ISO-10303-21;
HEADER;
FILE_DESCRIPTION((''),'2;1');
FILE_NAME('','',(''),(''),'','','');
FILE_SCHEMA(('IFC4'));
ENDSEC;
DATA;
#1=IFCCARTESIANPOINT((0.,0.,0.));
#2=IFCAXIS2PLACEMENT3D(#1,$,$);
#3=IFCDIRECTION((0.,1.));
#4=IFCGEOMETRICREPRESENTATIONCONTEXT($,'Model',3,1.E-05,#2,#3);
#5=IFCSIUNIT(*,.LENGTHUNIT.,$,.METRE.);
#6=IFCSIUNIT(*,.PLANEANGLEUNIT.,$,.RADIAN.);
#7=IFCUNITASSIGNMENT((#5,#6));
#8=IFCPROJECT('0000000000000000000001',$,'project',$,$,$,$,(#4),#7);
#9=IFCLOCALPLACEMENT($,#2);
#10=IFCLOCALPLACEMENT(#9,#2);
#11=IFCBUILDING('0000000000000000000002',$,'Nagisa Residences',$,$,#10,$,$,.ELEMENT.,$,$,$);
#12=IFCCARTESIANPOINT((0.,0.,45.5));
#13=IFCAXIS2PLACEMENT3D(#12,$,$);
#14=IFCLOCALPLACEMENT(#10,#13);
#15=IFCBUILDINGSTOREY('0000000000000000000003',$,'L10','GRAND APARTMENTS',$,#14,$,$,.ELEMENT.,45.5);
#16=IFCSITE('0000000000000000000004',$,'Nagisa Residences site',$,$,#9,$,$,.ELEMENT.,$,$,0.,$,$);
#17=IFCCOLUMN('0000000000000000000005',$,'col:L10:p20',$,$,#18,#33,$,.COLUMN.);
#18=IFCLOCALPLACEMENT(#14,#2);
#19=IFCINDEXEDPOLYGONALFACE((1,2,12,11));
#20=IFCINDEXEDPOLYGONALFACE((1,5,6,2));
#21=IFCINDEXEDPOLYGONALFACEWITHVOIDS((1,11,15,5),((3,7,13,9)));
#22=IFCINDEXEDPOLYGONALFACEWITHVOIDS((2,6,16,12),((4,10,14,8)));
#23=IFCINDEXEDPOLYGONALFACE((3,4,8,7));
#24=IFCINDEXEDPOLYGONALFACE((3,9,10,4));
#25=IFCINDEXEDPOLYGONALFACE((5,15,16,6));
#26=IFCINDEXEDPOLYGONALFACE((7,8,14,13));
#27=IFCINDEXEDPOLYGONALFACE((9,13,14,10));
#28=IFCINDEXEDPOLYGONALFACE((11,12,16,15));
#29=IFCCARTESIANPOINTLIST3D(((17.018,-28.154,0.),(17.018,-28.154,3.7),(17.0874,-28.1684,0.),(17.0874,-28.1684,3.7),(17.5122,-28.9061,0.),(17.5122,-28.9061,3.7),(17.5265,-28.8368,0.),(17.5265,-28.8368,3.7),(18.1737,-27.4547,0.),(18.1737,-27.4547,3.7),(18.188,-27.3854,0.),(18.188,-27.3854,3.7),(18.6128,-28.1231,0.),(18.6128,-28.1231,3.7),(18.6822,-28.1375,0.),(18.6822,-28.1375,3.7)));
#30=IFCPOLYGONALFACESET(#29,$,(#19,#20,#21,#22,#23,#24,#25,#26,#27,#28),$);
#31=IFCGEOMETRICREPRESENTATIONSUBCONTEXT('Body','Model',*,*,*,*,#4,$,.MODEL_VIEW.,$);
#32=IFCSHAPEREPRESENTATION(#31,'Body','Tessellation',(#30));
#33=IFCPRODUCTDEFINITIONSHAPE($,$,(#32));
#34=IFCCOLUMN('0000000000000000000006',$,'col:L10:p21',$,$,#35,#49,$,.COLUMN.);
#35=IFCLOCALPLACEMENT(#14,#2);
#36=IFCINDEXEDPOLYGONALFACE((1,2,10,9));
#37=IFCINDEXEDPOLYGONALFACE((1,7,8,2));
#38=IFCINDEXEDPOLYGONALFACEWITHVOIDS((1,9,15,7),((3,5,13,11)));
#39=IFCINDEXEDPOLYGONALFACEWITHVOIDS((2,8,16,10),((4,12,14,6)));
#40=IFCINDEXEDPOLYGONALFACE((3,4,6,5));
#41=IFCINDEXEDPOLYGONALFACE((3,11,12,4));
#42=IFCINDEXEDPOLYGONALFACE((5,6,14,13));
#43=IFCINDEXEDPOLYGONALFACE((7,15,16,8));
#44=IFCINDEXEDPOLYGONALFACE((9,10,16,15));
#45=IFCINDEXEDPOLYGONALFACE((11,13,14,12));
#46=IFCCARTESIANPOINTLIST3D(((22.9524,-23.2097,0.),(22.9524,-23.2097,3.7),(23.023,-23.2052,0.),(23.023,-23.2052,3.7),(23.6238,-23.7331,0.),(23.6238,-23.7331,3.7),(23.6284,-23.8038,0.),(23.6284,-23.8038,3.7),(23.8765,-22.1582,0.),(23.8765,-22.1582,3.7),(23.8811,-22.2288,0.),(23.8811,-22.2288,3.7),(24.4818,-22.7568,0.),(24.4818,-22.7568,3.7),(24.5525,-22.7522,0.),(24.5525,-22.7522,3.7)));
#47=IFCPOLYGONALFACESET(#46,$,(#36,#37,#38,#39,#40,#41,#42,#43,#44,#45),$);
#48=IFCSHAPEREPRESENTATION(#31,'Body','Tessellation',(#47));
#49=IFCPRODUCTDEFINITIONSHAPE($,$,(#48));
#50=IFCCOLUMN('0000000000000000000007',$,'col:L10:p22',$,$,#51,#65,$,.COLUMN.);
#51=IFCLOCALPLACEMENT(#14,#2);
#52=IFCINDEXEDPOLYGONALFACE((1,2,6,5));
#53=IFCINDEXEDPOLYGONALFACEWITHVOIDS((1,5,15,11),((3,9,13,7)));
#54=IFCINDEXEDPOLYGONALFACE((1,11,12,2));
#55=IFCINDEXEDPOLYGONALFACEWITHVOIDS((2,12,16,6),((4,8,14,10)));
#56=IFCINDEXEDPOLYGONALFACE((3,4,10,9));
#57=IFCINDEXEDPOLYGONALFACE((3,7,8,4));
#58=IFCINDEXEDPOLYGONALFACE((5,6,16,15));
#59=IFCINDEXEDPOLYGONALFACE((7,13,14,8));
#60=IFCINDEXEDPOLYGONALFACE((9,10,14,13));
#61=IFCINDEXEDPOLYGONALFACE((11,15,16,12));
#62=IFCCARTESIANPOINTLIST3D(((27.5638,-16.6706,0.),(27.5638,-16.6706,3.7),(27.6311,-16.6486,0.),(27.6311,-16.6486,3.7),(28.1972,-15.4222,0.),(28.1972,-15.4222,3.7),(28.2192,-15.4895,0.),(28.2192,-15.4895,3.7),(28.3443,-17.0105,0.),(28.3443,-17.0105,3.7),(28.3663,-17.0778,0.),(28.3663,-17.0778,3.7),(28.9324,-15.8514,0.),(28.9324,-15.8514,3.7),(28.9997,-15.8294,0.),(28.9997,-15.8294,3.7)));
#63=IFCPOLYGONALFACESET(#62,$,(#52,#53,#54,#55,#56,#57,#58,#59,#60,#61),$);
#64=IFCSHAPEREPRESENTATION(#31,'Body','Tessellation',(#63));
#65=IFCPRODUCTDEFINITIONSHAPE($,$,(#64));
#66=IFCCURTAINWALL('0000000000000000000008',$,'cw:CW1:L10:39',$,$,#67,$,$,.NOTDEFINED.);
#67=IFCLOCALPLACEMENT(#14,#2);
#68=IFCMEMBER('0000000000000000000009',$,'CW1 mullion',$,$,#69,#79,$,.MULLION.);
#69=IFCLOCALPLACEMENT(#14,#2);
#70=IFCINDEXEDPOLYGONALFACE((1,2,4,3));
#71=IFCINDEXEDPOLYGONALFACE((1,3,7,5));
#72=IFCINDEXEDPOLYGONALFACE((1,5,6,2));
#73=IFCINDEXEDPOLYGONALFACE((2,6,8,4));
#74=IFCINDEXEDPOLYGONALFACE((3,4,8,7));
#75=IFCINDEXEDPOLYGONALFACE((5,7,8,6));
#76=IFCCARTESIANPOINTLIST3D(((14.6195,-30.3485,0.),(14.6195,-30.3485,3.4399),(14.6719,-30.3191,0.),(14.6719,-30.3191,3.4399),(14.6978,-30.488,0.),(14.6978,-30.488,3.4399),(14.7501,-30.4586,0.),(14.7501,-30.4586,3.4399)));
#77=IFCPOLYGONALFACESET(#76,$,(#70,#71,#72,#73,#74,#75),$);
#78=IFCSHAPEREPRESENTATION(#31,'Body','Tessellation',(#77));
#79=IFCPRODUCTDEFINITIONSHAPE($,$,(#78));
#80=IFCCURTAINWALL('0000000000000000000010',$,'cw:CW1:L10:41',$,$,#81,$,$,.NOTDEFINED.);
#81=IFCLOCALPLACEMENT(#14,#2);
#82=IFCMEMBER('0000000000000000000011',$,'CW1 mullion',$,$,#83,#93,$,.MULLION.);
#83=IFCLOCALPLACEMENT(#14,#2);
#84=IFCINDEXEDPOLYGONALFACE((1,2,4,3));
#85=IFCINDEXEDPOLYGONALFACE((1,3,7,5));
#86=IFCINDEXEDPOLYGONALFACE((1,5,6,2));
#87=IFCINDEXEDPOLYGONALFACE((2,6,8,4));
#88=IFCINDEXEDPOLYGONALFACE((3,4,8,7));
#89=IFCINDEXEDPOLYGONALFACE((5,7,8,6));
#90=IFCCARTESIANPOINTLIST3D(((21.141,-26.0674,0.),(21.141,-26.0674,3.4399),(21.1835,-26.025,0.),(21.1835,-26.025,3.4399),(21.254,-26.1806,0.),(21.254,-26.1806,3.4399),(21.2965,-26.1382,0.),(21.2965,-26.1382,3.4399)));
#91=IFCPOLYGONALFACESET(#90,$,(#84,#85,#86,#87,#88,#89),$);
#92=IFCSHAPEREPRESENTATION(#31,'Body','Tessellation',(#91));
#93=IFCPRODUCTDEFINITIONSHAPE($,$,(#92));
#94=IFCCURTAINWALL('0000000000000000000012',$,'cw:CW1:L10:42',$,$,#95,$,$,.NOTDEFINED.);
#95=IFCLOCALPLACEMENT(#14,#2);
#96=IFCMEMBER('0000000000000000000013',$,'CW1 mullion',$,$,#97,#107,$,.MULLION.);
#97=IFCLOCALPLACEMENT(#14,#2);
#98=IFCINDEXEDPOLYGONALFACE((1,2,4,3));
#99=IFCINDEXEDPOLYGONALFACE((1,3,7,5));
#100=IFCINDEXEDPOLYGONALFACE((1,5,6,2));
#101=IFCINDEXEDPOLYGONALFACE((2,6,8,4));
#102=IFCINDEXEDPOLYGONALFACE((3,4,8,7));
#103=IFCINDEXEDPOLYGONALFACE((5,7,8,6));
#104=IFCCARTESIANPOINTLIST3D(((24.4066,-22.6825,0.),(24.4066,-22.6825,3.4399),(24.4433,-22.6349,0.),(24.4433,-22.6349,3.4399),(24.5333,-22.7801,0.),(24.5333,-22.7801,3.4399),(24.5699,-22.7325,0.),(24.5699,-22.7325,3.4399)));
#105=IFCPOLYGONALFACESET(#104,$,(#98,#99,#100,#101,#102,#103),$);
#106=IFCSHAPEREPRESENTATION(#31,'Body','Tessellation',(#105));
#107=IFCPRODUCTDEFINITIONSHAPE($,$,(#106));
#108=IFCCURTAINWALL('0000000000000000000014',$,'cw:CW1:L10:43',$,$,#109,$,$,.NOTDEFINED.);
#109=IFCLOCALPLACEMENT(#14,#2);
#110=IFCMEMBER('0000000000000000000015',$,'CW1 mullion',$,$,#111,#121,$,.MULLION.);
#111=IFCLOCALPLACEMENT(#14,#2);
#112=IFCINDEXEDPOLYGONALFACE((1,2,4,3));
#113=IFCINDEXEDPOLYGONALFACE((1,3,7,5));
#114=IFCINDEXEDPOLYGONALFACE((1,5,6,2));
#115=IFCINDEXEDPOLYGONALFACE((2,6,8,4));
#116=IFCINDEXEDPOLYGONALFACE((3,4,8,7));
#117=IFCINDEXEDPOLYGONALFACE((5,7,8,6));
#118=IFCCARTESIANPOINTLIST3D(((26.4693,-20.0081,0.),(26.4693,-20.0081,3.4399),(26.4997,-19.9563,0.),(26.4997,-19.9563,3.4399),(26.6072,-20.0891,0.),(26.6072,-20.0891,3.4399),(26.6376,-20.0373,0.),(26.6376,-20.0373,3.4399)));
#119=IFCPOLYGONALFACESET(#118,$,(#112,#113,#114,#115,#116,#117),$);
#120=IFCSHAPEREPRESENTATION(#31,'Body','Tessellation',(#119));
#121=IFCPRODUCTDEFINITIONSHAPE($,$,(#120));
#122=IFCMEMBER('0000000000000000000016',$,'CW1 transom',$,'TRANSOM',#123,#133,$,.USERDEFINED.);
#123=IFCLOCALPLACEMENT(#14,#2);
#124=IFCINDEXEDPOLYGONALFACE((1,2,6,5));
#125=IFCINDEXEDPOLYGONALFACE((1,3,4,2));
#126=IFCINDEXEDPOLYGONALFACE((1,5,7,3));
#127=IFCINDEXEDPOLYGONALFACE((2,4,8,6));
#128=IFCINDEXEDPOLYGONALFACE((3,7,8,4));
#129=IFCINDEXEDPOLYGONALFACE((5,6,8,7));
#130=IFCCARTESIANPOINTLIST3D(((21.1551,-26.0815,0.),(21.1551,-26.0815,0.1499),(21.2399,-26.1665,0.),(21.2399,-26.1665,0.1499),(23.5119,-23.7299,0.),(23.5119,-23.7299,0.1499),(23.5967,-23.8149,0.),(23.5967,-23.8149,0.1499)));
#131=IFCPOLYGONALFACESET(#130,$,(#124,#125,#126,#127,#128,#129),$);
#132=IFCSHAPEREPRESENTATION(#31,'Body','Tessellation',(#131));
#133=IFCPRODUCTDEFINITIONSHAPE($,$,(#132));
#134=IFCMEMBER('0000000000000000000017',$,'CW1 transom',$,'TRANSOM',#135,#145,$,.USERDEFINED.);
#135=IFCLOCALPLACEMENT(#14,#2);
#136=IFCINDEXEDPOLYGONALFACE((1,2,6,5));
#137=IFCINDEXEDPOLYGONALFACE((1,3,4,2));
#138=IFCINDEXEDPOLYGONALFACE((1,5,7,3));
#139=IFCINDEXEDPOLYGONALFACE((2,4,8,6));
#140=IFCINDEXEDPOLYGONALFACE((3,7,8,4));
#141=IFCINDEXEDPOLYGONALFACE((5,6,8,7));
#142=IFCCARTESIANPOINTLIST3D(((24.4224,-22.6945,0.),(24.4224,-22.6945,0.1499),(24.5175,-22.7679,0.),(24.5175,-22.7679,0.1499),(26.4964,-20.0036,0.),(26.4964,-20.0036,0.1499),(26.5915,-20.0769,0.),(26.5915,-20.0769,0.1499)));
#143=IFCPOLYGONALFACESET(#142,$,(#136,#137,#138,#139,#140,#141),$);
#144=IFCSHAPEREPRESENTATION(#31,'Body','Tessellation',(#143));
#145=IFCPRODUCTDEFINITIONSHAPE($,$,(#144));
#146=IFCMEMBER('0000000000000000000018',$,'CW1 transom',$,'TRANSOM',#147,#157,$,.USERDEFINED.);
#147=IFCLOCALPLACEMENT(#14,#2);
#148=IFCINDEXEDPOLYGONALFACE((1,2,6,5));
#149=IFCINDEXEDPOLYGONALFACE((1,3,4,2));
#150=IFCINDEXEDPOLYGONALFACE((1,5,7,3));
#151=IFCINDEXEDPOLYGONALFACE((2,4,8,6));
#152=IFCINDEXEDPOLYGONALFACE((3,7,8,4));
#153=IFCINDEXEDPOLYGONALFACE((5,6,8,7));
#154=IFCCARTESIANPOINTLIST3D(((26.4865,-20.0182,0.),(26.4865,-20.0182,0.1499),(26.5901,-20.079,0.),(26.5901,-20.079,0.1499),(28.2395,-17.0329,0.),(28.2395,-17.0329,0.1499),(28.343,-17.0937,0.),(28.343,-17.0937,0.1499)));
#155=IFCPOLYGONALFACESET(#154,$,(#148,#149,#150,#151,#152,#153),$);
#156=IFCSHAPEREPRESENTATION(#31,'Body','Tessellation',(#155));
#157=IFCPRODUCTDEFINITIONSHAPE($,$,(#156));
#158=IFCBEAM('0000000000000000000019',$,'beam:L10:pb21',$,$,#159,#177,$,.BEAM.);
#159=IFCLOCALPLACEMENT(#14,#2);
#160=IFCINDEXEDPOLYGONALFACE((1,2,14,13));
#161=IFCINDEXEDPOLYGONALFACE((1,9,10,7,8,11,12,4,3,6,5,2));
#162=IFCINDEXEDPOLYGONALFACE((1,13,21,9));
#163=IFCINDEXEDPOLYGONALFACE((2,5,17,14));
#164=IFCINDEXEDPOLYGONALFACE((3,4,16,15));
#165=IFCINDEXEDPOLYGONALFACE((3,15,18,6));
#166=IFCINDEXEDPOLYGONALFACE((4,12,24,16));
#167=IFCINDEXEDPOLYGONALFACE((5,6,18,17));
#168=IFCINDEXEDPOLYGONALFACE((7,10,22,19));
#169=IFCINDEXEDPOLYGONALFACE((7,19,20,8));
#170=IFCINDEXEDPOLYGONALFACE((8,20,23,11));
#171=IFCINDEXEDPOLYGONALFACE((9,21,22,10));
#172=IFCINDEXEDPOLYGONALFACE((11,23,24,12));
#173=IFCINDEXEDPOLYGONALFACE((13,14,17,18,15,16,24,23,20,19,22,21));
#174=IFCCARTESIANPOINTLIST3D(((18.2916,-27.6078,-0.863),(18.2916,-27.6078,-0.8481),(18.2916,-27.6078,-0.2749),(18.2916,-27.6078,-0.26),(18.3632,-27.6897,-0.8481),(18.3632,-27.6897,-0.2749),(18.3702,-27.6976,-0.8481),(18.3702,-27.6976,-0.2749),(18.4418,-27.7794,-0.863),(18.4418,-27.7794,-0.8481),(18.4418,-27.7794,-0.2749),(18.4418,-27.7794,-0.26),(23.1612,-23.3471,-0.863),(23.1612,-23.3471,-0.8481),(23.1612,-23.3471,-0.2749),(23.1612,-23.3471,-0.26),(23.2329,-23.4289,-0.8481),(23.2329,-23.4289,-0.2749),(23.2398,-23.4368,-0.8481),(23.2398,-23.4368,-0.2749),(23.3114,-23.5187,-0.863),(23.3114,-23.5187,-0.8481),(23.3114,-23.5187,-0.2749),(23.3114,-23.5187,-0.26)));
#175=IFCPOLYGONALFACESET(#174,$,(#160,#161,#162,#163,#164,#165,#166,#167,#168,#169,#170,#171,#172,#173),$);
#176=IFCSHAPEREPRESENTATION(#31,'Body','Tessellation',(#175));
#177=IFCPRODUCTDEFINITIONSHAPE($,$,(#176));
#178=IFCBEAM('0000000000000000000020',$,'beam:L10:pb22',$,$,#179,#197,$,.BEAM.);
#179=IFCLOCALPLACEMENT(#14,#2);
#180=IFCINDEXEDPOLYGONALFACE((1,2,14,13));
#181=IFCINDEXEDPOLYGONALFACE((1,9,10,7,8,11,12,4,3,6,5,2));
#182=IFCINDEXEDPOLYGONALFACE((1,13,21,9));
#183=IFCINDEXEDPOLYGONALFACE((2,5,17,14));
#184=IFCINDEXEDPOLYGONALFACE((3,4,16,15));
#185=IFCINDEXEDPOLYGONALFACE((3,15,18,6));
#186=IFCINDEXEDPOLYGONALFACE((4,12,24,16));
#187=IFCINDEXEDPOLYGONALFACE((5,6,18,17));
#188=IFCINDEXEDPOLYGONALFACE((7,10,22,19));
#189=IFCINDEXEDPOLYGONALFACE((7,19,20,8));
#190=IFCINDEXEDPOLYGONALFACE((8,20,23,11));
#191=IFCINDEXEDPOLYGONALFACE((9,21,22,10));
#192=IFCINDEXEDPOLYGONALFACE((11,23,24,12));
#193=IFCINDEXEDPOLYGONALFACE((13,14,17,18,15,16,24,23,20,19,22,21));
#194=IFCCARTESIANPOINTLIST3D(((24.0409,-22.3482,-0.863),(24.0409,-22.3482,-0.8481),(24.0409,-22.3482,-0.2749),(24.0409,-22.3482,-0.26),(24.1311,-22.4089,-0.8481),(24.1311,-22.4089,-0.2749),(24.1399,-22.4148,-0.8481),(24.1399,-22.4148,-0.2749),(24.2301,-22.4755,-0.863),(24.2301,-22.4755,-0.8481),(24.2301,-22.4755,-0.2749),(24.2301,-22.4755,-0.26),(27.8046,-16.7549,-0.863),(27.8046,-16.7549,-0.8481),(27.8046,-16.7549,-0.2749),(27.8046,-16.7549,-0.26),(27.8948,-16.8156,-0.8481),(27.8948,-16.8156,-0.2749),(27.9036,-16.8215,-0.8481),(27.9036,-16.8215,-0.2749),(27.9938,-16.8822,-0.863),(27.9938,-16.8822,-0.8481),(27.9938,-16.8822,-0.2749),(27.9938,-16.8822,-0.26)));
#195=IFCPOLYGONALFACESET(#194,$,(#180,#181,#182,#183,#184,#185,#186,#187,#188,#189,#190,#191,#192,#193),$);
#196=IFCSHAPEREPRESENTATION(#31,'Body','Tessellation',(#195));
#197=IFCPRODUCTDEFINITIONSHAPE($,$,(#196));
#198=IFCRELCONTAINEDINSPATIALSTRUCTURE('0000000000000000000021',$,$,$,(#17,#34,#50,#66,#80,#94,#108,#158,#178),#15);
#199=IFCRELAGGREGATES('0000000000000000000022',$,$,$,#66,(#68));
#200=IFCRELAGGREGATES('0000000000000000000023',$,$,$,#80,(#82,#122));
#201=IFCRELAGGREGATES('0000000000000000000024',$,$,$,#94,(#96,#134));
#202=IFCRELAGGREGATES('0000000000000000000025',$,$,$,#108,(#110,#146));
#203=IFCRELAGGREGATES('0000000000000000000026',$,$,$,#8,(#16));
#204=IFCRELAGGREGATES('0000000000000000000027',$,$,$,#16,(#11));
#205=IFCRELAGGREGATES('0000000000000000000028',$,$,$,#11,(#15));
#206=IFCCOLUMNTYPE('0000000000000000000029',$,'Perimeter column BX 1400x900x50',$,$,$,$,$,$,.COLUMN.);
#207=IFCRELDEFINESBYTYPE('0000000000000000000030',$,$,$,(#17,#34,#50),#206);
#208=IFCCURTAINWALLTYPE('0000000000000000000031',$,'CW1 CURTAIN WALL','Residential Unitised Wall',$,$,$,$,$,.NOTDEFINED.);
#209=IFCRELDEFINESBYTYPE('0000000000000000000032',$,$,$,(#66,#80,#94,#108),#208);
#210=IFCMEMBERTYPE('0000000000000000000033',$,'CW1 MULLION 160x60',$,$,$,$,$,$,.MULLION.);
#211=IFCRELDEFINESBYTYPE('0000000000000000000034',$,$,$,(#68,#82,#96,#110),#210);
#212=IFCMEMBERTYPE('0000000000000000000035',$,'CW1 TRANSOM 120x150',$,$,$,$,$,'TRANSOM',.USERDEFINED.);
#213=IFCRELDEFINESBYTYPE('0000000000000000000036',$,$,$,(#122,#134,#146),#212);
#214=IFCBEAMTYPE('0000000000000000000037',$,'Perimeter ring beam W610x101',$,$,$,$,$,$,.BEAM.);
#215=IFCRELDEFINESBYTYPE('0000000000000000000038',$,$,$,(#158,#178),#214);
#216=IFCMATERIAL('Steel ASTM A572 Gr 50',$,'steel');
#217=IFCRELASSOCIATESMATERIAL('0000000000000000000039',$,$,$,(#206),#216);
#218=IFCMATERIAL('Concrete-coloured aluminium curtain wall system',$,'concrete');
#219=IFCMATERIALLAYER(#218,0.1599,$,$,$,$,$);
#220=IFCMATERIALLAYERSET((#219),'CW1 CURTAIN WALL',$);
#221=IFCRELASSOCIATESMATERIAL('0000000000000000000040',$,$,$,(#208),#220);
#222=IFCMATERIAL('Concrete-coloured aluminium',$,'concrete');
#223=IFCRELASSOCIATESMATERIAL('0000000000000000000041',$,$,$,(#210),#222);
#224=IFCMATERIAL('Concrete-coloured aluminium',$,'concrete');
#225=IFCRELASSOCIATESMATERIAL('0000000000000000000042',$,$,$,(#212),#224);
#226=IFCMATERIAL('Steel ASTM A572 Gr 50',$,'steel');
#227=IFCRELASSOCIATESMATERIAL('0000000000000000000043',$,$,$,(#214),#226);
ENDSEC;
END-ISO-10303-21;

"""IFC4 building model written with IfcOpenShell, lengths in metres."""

from ifc_helpers import new_model, si_unit, direction, frame, origin, origin_2d, place, context, subcontext, project, spatial, rectangle, hollow_rectangle, i_section, extrude, material, layer, layer_set, material_profile, profile_set, type_object, element, aggregate, save


model = new_model("IFC4")

# Units and contexts
model_context = context("Model", 3, precision=1e-05, world=origin(), true_north=direction((0.0, 1.0)))
body_context = subcontext(model_context, "Body", "Model", "MODEL_VIEW")
ifc_project = project(units=[si_unit("LENGTHUNIT", "METRE"), si_unit("PLANEANGLEUNIT", "RADIAN")], contexts=[model_context])

# Site, building, storey
site_placement = place(None, origin())
site = spatial("IfcSite", under=ifc_project, at=site_placement, Name="Nagisa Residences site", CompositionType="ELEMENT", RefElevation=0.0)
building_placement = place(site_placement, origin())
building = spatial("IfcBuilding", under=site, at=building_placement, Name="Nagisa Residences", CompositionType="ELEMENT")
storey_placement = place(building_placement, frame((0.0, 0.0, 45.5)))
storey = spatial("IfcBuildingStorey", under=building, at=storey_placement, Name="L10", Description="GRAND APARTMENTS", CompositionType="ELEMENT", Elevation=45.5)

# Columns
ifc_material_1 = material(Name="Steel ASTM A572 Gr 50", Category="steel")
ifc_material_profile_1 = material_profile(ifc_material_1, hollow_rectangle(XDim=1.3999, YDim=0.8999, WallThickness=0.05, at=origin_2d()), Name="BX 1400x900x50")
ifc_profile_set_1 = profile_set([ifc_material_profile_1], Name="Steel ASTM A572 Gr 50")
column_type = type_object("IfcColumnType", Name="Perimeter column BX 1400x900x50", PredefinedType="COLUMN", material=ifc_profile_set_1)
for number, where, z_axis, x_axis, name in (
    (1, (17.8501, -28.1458, 0.0), (0.0, 0.0, 1.0), (0.835766, 0.549086, 0.0), "col:L10:p20"),
    (2, (23.7524, -22.981, 0.0), (0.0, 0.0, 1.0), (0.660115, 0.751165, 0.0), "col:L10:p21"),
    (3, (28.2817, -16.25, 0.0), (0.0, 0.0, 1.0), (0.452463, 0.891783, 0.0), "col:L10:p22"),
):
    element("IfcColumn", number, at=place(storey_placement, frame(where, z_axis=z_axis, x_axis=x_axis)), inside=storey, type_object=column_type, Name=name, PredefinedType="COLUMN", context=body_context, shape_type="SweptSolid", body=[
        extrude(hollow_rectangle(XDim=1.3999, YDim=0.8999, WallThickness=0.05, at=origin_2d()), origin(), (0.0, 0.0, 1.0), 3.7),
    ])

# Curtain walls, members
ifc_material_2 = material(Name="Concrete-coloured aluminium curtain wall system", Category="concrete")
ifc_layer_1 = layer(ifc_material_2, 0.1599)
ifc_layer_set_1 = layer_set([ifc_layer_1], Name="CW1 CURTAIN WALL")
curtain_wall_type = type_object("IfcCurtainWallType", Name="CW1 CURTAIN WALL", Description="Residential Unitised Wall", PredefinedType="NOTDEFINED", material=ifc_layer_set_1)
curtain_wall_1_placement = place(storey_placement, origin())
curtain_wall_1 = element("IfcCurtainWall", 4, at=curtain_wall_1_placement, inside=storey, type_object=curtain_wall_type, Name="cw:CW1:L10:39", PredefinedType="NOTDEFINED")
ifc_material_3 = material(Name="Concrete-coloured aluminium", Category="concrete")
ifc_material_profile_2 = material_profile(ifc_material_3, rectangle(XDim=0.1599, YDim=0.0601, at=origin_2d()), Name="CW1 MULLION 160x60")
ifc_profile_set_2 = profile_set([ifc_material_profile_2], Name="Concrete-coloured aluminium")
member_type_1 = type_object("IfcMemberType", Name="CW1 MULLION 160x60", PredefinedType="MULLION", material=ifc_profile_set_2)
member_1_placement = place(storey_placement, frame((14.6848, -30.4036, 0.0), z_axis=(0.0, 0.0, 1.0), x_axis=(-0.489377, 0.872072, 0.0)))
member_1 = element("IfcMember", 5, at=member_1_placement, type_object=member_type_1, Name="CW1 mullion", PredefinedType="MULLION", context=body_context, shape_type="SweptSolid", body=[
    extrude(rectangle(XDim=0.1599, YDim=0.0601, at=origin_2d()), origin(), (0.0, 0.0, 1.0), 3.4399),
])
curtain_wall_2_placement = place(storey_placement, origin())
curtain_wall_2 = element("IfcCurtainWall", 6, at=curtain_wall_2_placement, inside=storey, type_object=curtain_wall_type, Name="cw:CW1:L10:41", PredefinedType="NOTDEFINED")
member_2_placement = place(storey_placement, frame((21.2188, -26.1028, 0.0), z_axis=(0.0, 0.0, 1.0), x_axis=(-0.706377, 0.707836, 0.0)))
member_2 = element("IfcMember", 7, at=member_2_placement, type_object=member_type_1, Name="CW1 mullion", PredefinedType="MULLION", context=body_context, shape_type="SweptSolid", body=[
    extrude(rectangle(XDim=0.1599, YDim=0.0601, at=origin_2d()), origin(), (0.0, 0.0, 1.0), 3.4399),
])
curtain_wall_3_placement = place(storey_placement, origin())
curtain_wall_3 = element("IfcCurtainWall", 8, at=curtain_wall_3_placement, inside=storey, type_object=curtain_wall_type, Name="cw:CW1:L10:42", PredefinedType="NOTDEFINED")
member_3_placement = place(storey_placement, frame((24.4883, -22.7075, 0.0), z_axis=(0.0, 0.0, 1.0), x_axis=(-0.79207, 0.61043, 0.0)))
member_3 = element("IfcMember", 9, at=member_3_placement, type_object=member_type_1, Name="CW1 mullion", PredefinedType="MULLION", context=body_context, shape_type="SweptSolid", body=[
    extrude(rectangle(XDim=0.1599, YDim=0.0601, at=origin_2d()), origin(), (0.0, 0.0, 1.0), 3.4399),
])
curtain_wall_4_placement = place(storey_placement, origin())
curtain_wall_4 = element("IfcCurtainWall", 10, at=curtain_wall_4_placement, inside=storey, type_object=curtain_wall_type, Name="cw:CW1:L10:43", PredefinedType="NOTDEFINED")
member_4_placement = place(storey_placement, frame((26.5535, -20.0227, 0.0), z_axis=(0.0, 0.0, 1.0), x_axis=(-0.862329, 0.506349, 0.0)))
member_4 = element("IfcMember", 11, at=member_4_placement, type_object=member_type_1, Name="CW1 mullion", PredefinedType="MULLION", context=body_context, shape_type="SweptSolid", body=[
    extrude(rectangle(XDim=0.1599, YDim=0.0601, at=origin_2d()), origin(), (0.0, 0.0, 1.0), 3.4399),
])

# Members
ifc_material_4 = material(Name="Concrete-coloured aluminium", Category="concrete")
ifc_material_profile_3 = material_profile(ifc_material_4, rectangle(XDim=0.1201, YDim=0.1499, at=origin_2d()), Name="CW1 TRANSOM 120x150")
ifc_profile_set_3 = profile_set([ifc_material_profile_3], Name="Concrete-coloured aluminium")
member_type_2 = type_object("IfcMemberType", Name="CW1 TRANSOM 120x150", ElementType="TRANSOM", PredefinedType="USERDEFINED", material=ifc_profile_set_3)
member_5_placement = place(storey_placement, frame((21.1975, -26.124, 0.075), z_axis=(0.707876, 0.706336, 0.0), x_axis=(-0.706336, 0.707876, 0.0)))
member_5 = element("IfcMember", 12, at=member_5_placement, type_object=member_type_2, Name="CW1 transom", ObjectType="TRANSOM", PredefinedType="USERDEFINED", context=body_context, shape_type="SweptSolid", body=[
    extrude(rectangle(XDim=0.1201, YDim=0.1499, at=origin_2d()), origin(), (0.0, 0.0, 1.0), 3.3293),
])
member_6_placement = place(storey_placement, frame((24.47, -22.7312, 0.075), z_axis=(0.610457, 0.792049, 0.0), x_axis=(-0.792049, 0.610457, 0.0)))
member_6 = element("IfcMember", 13, at=member_6_placement, type_object=member_type_2, Name="CW1 transom", ObjectType="TRANSOM", PredefinedType="USERDEFINED", context=body_context, shape_type="SweptSolid", body=[
    extrude(rectangle(XDim=0.1201, YDim=0.1499, at=origin_2d()), origin(), (0.0, 0.0, 1.0), 3.3975),
])
member_7_placement = place(storey_placement, frame((26.5383, -20.0486, 0.075), z_axis=(0.506342, 0.862333, 0.0), x_axis=(-0.862333, 0.506342, 0.0)))
member_7 = element("IfcMember", 14, at=member_7_placement, type_object=member_type_2, Name="CW1 transom", ObjectType="TRANSOM", PredefinedType="USERDEFINED", context=body_context, shape_type="SweptSolid", body=[
    extrude(rectangle(XDim=0.1201, YDim=0.1499, at=origin_2d()), origin(), (0.0, 0.0, 1.0), 3.4619),
])

# Beams
ifc_material_5 = material(Name="Steel ASTM A572 Gr 50", Category="steel")
ifc_material_profile_4 = material_profile(ifc_material_5, i_section(OverallWidth=0.228, OverallDepth=0.603, WebThickness=0.0105, FlangeThickness=0.0149, at=origin_2d()), Name="W610x101")
ifc_profile_set_4 = profile_set([ifc_material_profile_4], Name="Steel ASTM A572 Gr 50")
beam_type_1 = type_object("IfcBeamType", Name="Perimeter ring beam W610x101", PredefinedType="BEAM", material=ifc_profile_set_4)
beam_1_placement = place(storey_placement, frame((18.3667, -27.6936, -0.5615), z_axis=(0.752591, 0.658489, 0.0), x_axis=(-0.658489, 0.752591, 0.0)))
element("IfcBeam", 15, at=beam_1_placement, inside=storey, type_object=beam_type_1, Name="beam:L10:pb21", PredefinedType="BEAM", context=body_context, shape_type="SweptSolid", body=[
    extrude(i_section(OverallWidth=0.228, OverallDepth=0.603, WebThickness=0.0105, FlangeThickness=0.0149, at=origin_2d()), origin(), (0.0, 0.0, 1.0), 6.4705),
])
beam_2_placement = place(storey_placement, frame((24.1355, -22.4119, -0.5615), z_axis=(0.558272, 0.829658, 0.0), x_axis=(-0.829658, 0.558272, 0.0)))
element("IfcBeam", 16, at=beam_2_placement, inside=storey, type_object=beam_type_1, Name="beam:L10:pb22", PredefinedType="BEAM", context=body_context, shape_type="SweptSolid", body=[
    extrude(i_section(OverallWidth=0.228, OverallDepth=0.603, WebThickness=0.0105, FlangeThickness=0.0149, at=origin_2d()), origin(), (0.0, 0.0, 1.0), 6.7417),
])

aggregate(curtain_wall_1, [member_1])
aggregate(curtain_wall_2, [member_2, member_5])
aggregate(curtain_wall_3, [member_3, member_6])
aggregate(curtain_wall_4, [member_4, member_7])

save(model, "model.ifc")
